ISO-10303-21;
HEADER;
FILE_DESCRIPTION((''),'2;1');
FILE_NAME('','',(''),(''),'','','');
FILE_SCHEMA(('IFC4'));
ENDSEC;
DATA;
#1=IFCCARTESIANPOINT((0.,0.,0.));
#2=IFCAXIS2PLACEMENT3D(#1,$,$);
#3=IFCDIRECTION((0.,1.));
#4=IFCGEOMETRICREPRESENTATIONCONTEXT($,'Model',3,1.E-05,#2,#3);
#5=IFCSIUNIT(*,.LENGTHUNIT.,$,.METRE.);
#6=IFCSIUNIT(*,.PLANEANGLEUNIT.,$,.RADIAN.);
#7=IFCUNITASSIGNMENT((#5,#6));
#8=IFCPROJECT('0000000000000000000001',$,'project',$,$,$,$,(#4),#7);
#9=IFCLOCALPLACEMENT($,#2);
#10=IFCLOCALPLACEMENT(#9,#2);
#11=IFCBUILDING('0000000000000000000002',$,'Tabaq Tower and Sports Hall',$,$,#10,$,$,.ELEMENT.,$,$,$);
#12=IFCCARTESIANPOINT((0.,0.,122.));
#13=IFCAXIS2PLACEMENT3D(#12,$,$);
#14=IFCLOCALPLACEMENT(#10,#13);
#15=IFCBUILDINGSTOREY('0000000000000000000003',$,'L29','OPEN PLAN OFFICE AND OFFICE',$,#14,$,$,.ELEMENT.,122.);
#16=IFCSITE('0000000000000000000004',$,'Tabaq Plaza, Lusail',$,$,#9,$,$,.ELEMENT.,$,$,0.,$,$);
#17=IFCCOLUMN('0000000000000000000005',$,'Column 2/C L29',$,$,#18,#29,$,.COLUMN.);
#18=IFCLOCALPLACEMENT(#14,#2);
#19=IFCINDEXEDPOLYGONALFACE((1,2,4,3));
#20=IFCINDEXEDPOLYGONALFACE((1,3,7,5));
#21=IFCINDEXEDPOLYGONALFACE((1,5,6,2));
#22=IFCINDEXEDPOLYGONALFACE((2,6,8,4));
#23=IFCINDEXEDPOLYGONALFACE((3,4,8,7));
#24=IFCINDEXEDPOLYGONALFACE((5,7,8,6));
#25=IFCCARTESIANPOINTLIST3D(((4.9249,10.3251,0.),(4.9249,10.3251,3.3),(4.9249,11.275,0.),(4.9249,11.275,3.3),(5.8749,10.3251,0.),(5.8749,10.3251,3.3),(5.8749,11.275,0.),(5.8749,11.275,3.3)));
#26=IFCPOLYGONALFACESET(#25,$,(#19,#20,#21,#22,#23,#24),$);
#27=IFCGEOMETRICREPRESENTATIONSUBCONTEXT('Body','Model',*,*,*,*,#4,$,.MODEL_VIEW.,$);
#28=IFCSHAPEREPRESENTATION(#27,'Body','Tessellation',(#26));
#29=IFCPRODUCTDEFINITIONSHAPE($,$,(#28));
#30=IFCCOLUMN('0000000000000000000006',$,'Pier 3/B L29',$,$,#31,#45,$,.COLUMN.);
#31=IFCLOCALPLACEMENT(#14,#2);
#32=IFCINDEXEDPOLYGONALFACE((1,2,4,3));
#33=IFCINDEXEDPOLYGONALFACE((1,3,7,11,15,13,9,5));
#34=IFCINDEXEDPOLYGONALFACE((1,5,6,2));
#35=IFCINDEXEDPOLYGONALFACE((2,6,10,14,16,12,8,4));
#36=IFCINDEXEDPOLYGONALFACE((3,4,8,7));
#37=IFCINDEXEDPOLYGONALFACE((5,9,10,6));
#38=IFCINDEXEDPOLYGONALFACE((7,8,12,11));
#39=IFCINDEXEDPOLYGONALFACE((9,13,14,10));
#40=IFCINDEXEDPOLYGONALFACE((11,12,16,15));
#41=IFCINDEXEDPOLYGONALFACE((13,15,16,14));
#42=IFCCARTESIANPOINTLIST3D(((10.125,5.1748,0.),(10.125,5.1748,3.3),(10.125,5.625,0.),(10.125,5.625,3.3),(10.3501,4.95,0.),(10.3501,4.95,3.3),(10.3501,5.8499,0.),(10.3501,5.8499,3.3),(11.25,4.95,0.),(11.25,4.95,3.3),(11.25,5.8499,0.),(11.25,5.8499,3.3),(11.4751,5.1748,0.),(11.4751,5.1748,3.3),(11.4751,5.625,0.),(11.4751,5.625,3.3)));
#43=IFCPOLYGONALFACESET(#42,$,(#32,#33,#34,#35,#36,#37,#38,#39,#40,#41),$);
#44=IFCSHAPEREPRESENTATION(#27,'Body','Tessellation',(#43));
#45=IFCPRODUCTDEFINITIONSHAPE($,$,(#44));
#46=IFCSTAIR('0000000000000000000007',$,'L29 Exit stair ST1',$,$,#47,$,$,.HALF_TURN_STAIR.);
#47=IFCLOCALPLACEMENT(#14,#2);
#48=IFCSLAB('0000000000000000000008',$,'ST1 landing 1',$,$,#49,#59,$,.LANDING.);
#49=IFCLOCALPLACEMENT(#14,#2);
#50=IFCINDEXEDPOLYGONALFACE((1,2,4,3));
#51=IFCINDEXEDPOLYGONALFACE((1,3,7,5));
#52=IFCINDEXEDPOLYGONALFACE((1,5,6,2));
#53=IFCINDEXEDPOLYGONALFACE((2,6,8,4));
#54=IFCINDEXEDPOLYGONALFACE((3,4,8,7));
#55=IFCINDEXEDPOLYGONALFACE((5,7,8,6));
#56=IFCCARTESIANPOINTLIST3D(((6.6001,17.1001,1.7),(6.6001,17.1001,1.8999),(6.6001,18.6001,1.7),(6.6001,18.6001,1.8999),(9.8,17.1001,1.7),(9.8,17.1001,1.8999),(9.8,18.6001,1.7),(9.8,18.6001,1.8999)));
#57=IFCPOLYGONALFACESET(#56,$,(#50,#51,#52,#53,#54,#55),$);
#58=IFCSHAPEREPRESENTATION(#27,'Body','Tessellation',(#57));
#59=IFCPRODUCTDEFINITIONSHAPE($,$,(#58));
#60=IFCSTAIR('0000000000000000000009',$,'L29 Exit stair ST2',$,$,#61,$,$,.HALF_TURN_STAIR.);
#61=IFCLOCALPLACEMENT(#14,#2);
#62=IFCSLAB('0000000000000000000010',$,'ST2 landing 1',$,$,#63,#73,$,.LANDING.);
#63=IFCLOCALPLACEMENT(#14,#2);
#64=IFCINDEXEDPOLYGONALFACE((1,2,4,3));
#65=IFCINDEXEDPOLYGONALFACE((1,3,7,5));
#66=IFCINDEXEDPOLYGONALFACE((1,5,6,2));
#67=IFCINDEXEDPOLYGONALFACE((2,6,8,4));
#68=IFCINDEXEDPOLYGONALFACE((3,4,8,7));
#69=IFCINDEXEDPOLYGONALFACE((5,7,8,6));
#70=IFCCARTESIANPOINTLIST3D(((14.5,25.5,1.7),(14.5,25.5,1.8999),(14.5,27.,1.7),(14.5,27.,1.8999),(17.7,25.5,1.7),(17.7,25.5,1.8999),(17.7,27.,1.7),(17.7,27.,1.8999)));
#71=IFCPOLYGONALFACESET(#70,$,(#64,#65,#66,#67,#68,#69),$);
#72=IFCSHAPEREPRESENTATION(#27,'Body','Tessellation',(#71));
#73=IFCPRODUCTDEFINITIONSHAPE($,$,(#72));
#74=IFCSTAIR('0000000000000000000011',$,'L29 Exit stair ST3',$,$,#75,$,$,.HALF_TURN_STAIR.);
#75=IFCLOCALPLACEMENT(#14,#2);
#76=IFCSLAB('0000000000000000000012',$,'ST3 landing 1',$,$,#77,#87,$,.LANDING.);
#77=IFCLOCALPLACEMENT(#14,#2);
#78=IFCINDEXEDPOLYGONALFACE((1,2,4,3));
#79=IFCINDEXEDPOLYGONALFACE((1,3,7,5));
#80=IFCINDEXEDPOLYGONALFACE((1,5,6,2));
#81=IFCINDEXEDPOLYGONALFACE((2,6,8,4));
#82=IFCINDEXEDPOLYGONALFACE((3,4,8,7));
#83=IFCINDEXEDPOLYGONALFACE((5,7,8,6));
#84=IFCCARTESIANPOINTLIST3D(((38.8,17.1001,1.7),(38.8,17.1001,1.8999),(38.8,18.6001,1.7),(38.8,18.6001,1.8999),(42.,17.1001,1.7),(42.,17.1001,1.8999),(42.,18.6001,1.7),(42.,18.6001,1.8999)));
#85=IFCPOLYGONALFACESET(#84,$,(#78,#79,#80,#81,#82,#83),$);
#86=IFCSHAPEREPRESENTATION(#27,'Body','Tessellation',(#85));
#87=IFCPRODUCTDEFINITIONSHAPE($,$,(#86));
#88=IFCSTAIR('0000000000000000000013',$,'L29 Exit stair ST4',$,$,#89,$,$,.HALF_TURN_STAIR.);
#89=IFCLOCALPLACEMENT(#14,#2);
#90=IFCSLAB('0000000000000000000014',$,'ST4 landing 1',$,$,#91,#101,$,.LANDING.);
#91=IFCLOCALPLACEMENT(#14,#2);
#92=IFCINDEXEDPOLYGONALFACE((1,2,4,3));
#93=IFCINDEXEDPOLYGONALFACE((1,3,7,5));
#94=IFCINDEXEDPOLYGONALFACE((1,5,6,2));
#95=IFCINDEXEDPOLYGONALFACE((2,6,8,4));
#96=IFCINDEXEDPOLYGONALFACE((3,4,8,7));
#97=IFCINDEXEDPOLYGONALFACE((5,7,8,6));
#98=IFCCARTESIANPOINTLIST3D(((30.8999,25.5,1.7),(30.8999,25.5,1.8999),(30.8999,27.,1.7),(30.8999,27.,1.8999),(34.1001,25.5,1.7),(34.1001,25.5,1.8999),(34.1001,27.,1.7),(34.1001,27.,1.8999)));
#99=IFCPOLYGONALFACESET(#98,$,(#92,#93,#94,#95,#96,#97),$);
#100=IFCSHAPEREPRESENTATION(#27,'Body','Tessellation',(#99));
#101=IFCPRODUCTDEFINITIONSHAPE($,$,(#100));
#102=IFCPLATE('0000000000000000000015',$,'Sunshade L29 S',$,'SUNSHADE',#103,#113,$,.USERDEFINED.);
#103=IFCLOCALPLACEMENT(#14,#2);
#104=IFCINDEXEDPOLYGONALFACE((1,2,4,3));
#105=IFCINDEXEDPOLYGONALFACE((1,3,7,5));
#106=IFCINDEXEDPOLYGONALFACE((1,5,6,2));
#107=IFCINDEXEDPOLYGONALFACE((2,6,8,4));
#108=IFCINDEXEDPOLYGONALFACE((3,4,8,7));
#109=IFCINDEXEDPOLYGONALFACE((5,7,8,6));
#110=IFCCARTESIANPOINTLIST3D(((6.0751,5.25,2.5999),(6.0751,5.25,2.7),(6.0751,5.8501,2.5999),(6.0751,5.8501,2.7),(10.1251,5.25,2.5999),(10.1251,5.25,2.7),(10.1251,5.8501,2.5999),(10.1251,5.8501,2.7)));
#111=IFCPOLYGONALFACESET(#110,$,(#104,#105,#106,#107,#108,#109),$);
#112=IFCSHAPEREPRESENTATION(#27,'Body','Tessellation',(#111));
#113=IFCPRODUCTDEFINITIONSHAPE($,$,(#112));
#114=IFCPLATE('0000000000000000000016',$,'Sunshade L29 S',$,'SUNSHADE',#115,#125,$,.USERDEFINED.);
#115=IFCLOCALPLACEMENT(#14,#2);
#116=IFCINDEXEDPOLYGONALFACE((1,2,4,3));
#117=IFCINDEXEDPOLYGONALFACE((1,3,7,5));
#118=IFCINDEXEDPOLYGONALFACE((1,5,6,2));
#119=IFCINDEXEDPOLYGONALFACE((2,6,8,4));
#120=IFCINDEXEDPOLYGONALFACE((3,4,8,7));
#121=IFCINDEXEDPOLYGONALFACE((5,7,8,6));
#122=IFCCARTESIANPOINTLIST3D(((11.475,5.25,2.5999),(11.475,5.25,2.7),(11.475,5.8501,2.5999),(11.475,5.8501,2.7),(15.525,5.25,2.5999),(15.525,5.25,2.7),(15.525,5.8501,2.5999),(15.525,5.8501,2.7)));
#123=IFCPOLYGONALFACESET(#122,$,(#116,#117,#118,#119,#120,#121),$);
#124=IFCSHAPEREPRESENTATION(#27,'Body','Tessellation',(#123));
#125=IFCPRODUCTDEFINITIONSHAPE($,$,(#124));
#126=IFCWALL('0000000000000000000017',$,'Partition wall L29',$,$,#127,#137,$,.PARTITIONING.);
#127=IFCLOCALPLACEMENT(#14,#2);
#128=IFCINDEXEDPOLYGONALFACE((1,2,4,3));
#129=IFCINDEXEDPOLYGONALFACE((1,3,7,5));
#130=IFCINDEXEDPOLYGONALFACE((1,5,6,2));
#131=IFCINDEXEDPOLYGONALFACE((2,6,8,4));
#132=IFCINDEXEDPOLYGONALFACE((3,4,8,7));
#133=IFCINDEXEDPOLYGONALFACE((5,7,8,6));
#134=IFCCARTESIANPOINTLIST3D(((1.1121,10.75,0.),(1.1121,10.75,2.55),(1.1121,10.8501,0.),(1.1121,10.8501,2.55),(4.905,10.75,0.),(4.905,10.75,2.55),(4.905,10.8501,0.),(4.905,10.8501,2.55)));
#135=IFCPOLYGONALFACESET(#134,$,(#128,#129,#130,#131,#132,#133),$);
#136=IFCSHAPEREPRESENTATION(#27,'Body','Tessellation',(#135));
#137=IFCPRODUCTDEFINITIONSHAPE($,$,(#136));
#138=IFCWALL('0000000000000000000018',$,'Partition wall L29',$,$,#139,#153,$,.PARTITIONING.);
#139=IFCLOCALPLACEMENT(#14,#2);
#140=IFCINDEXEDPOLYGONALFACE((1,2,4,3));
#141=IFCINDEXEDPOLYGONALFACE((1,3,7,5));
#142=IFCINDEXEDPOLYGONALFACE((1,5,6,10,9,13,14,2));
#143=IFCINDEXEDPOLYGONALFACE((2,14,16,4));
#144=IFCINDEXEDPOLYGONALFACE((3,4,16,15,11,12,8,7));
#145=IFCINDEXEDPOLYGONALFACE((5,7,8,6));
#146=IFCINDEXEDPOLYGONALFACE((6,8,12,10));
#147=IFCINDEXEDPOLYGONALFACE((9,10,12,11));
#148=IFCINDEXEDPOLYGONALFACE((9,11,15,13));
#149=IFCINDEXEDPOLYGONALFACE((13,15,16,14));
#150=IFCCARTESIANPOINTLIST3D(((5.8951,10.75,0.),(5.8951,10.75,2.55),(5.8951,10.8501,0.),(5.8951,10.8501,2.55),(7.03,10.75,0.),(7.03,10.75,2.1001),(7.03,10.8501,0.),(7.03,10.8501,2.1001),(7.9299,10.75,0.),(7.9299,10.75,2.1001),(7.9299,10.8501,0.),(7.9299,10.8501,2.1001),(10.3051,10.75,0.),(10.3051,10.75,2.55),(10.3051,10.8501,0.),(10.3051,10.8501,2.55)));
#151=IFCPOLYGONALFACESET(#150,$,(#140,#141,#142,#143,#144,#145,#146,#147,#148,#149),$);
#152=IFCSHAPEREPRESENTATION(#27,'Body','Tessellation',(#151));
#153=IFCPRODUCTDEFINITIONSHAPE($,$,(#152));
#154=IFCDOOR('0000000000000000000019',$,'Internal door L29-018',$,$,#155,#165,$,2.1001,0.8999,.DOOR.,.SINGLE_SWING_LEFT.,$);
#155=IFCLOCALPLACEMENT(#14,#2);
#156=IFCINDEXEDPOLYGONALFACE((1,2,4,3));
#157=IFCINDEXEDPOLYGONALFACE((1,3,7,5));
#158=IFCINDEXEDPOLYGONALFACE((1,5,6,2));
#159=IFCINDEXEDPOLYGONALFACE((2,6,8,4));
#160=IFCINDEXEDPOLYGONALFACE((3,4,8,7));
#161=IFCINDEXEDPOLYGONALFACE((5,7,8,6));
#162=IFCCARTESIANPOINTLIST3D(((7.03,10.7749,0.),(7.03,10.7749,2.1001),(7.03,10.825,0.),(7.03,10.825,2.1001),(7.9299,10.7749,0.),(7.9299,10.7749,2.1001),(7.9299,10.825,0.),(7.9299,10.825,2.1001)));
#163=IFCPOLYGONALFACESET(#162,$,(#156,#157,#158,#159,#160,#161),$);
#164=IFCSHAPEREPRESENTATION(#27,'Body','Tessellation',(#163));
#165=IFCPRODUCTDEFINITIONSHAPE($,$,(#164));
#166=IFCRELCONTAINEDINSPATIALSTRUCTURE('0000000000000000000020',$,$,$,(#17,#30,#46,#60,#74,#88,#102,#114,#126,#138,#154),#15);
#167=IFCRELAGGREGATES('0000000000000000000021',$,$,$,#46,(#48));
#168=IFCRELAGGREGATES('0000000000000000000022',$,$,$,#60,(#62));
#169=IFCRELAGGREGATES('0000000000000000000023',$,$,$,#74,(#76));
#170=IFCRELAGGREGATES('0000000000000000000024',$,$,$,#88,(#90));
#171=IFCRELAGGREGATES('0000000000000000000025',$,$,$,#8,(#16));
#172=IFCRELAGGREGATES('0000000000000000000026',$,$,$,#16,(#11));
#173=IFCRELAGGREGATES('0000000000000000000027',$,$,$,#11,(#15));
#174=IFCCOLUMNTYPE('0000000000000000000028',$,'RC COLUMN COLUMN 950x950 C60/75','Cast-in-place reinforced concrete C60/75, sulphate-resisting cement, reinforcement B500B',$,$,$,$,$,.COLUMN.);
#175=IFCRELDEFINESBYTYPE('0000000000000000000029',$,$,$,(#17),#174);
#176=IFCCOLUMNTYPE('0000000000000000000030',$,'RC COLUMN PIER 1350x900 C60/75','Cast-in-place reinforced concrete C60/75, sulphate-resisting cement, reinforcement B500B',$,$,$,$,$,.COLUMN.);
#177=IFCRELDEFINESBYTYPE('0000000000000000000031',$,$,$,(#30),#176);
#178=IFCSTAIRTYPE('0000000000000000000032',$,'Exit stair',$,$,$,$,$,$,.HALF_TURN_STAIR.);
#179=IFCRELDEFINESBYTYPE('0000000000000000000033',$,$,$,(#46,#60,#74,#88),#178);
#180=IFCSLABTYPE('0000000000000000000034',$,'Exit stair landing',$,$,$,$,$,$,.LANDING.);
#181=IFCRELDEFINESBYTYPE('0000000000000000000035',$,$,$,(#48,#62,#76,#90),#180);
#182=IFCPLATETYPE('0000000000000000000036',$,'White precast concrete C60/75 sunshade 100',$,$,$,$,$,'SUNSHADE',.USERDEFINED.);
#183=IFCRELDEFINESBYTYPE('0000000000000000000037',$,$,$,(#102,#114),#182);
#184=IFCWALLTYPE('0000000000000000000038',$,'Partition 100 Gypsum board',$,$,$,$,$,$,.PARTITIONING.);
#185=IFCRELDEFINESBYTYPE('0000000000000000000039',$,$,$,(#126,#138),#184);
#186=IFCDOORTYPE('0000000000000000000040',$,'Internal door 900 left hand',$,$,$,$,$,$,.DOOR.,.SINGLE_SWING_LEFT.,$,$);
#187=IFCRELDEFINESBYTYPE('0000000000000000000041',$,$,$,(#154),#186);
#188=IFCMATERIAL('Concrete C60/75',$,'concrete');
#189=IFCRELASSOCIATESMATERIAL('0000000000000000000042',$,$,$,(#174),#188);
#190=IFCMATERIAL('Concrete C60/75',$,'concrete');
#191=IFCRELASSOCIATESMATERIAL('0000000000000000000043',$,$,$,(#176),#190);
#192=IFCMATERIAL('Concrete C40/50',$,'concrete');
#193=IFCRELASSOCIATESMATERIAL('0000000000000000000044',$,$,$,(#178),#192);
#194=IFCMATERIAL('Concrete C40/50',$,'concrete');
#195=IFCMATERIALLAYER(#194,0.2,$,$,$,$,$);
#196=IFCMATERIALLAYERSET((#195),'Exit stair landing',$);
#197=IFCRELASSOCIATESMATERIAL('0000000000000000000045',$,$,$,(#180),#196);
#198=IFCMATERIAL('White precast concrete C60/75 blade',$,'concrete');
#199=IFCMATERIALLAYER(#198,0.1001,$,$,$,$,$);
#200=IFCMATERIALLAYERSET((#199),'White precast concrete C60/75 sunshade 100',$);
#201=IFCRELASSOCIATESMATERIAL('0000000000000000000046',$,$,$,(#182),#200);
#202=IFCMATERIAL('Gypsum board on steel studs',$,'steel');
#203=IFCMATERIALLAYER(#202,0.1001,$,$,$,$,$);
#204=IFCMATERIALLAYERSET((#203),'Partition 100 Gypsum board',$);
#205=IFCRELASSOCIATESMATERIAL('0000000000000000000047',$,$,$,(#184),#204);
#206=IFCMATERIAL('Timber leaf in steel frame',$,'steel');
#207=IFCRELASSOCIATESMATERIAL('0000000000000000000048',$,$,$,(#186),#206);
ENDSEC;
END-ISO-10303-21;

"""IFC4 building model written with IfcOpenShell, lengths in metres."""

from ifc_helpers import new_model, si_unit, direction, frame, frame_2d, origin, origin_2d, place, context, subcontext, project, spatial, polyline, rectangle, outline, extrude, material, layer, layer_set, material_profile, profile_set, type_object, element, fill, aggregate, save


model = new_model("IFC4")

# Units and contexts
model_context = context("Model", 3, precision=1e-05, world=origin(), true_north=direction((0.0, 1.0)))
body_context = subcontext(model_context, "Body", "Model", "MODEL_VIEW")
ifc_project = project(units=[si_unit("LENGTHUNIT", "METRE"), si_unit("PLANEANGLEUNIT", "RADIAN")], contexts=[model_context])

# Site, building, storey
site_placement = place(None, origin())
site = spatial("IfcSite", under=ifc_project, at=site_placement, Name="Tabaq Plaza, Lusail", CompositionType="ELEMENT", RefElevation=0.0)
building_placement = place(site_placement, origin())
building = spatial("IfcBuilding", under=site, at=building_placement, Name="Tabaq Tower and Sports Hall", CompositionType="ELEMENT")
storey_placement = place(building_placement, frame((0.0, 0.0, 122.0)))
storey = spatial("IfcBuildingStorey", under=building, at=storey_placement, Name="L29", Description="OPEN PLAN OFFICE AND OFFICE", CompositionType="ELEMENT", Elevation=122.0)

# Columns
ifc_material_1 = material(Name="Concrete C60/75", Category="concrete")
ifc_material_profile_1 = material_profile(ifc_material_1, rectangle(XDim=0.95, YDim=0.95, at=origin_2d()), Name="COLUMN 950x950")
ifc_profile_set_1 = profile_set([ifc_material_profile_1], Name="Concrete C60/75")
column_type_1 = type_object("IfcColumnType", Name="RC COLUMN COLUMN 950x950 C60/75", Description="Cast-in-place reinforced concrete C60/75, sulphate-resisting cement, reinforcement B500B", PredefinedType="COLUMN", material=ifc_profile_set_1)
column_1_placement = place(storey_placement, frame((5.3999, 10.8, 0.0), z_axis=(0.0, 0.0, 1.0), x_axis=(1.0, 0.0, 0.0)))
element("IfcColumn", 1, at=column_1_placement, inside=storey, type_object=column_type_1, Name="Column 2/C L29", PredefinedType="COLUMN", context=body_context, shape_type="SweptSolid", body=[
    extrude(rectangle(XDim=0.95, YDim=0.95, at=origin_2d()), origin(), (0.0, 0.0, 1.0), 3.3),
])
ifc_material_2 = material(Name="Concrete C60/75", Category="concrete")
ifc_material_profile_2 = material_profile(ifc_material_2, outline(polyline([(-0.45, -0.45), (0.45, -0.45), (0.675, -0.2251), (0.675, 0.2251), (0.45, 0.45), (-0.45, 0.45), (-0.675, 0.2251), (-0.675, -0.2251), (-0.45, -0.45)])), Name="PIER 1350x900")
ifc_profile_set_2 = profile_set([ifc_material_profile_2], Name="Concrete C60/75")
column_type_2 = type_object("IfcColumnType", Name="RC COLUMN PIER 1350x900 C60/75", Description="Cast-in-place reinforced concrete C60/75, sulphate-resisting cement, reinforcement B500B", PredefinedType="COLUMN", material=ifc_profile_set_2)
column_2_placement = place(storey_placement, frame((10.8, 5.3999, 0.0), z_axis=(0.0, 0.0, 1.0), x_axis=(1.0, 0.0, 0.0)))
element("IfcColumn", 2, at=column_2_placement, inside=storey, type_object=column_type_2, Name="Pier 3/B L29", PredefinedType="COLUMN", context=body_context, shape_type="SweptSolid", body=[
    extrude(outline(polyline([(-0.45, -0.45), (0.45, -0.45), (0.675, -0.2251), (0.675, 0.2251), (0.45, 0.45), (-0.45, 0.45), (-0.675, 0.2251), (-0.675, -0.2251), (-0.45, -0.45)])), origin(), (0.0, 0.0, 1.0), 3.3),
])

# Stairs, slabs
ifc_material_3 = material(Name="Concrete C40/50", Category="concrete")
stair_type = type_object("IfcStairType", Name="Exit stair", PredefinedType="HALF_TURN_STAIR", material=ifc_material_3)
stair_1_placement = place(storey_placement, origin())
stair_1 = element("IfcStair", 3, at=stair_1_placement, inside=storey, type_object=stair_type, Name="L29 Exit stair ST1", PredefinedType="HALF_TURN_STAIR")
ifc_material_4 = material(Name="Concrete C40/50", Category="concrete")
ifc_layer_1 = layer(ifc_material_4, 0.2)
ifc_layer_set_1 = layer_set([ifc_layer_1], Name="Exit stair landing")
slab_type = type_object("IfcSlabType", Name="Exit stair landing", PredefinedType="LANDING", material=ifc_layer_set_1)
slab_1_placement = place(storey_placement, frame((0.0, 0.0, 1.7)))
slab_1 = element("IfcSlab", 4, at=slab_1_placement, type_object=slab_type, Name="ST1 landing 1", PredefinedType="LANDING", context=body_context, shape_type="SweptSolid", body=[
    extrude(outline(polyline([(6.6001, 18.6001), (6.6001, 17.1001), (9.8, 17.1001), (9.8, 18.6001), (6.6001, 18.6001)])), origin(), (0.0, 0.0, 1.0), 0.2),
])
aggregate(stair_1, [slab_1])
stair_2_placement = place(storey_placement, origin())
stair_2 = element("IfcStair", 5, at=stair_2_placement, inside=storey, type_object=stair_type, Name="L29 Exit stair ST2", PredefinedType="HALF_TURN_STAIR")
slab_2_placement = place(storey_placement, frame((0.0, 0.0, 1.7)))
slab_2 = element("IfcSlab", 6, at=slab_2_placement, type_object=slab_type, Name="ST2 landing 1", PredefinedType="LANDING", context=body_context, shape_type="SweptSolid", body=[
    extrude(outline(polyline([(14.5, 27.0), (14.5, 25.5), (17.7, 25.5), (17.7, 27.0), (14.5, 27.0)])), origin(), (0.0, 0.0, 1.0), 0.2),
])
aggregate(stair_2, [slab_2])
stair_3_placement = place(storey_placement, origin())
stair_3 = element("IfcStair", 7, at=stair_3_placement, inside=storey, type_object=stair_type, Name="L29 Exit stair ST3", PredefinedType="HALF_TURN_STAIR")
slab_3_placement = place(storey_placement, frame((0.0, 0.0, 1.7)))
slab_3 = element("IfcSlab", 8, at=slab_3_placement, type_object=slab_type, Name="ST3 landing 1", PredefinedType="LANDING", context=body_context, shape_type="SweptSolid", body=[
    extrude(outline(polyline([(38.8, 18.6001), (38.8, 17.1001), (42.0, 17.1001), (42.0, 18.6001), (38.8, 18.6001)])), origin(), (0.0, 0.0, 1.0), 0.2),
])
aggregate(stair_3, [slab_3])
stair_4_placement = place(storey_placement, origin())
stair_4 = element("IfcStair", 9, at=stair_4_placement, inside=storey, type_object=stair_type, Name="L29 Exit stair ST4", PredefinedType="HALF_TURN_STAIR")
slab_4_placement = place(storey_placement, frame((0.0, 0.0, 1.7)))
slab_4 = element("IfcSlab", 10, at=slab_4_placement, type_object=slab_type, Name="ST4 landing 1", PredefinedType="LANDING", context=body_context, shape_type="SweptSolid", body=[
    extrude(outline(polyline([(30.8999, 27.0), (30.8999, 25.5), (34.1001, 25.5), (34.1001, 27.0), (30.8999, 27.0)])), origin(), (0.0, 0.0, 1.0), 0.2),
])
aggregate(stair_4, [slab_4])

# Plates
ifc_material_5 = material(Name="White precast concrete C60/75 blade", Category="concrete")
ifc_layer_2 = layer(ifc_material_5, 0.1001)
ifc_layer_set_2 = layer_set([ifc_layer_2], Name="White precast concrete C60/75 sunshade 100")
plate_type = type_object("IfcPlateType", Name="White precast concrete C60/75 sunshade 100", ElementType="SUNSHADE", PredefinedType="USERDEFINED", material=ifc_layer_set_2)
for number, where, z_axis, x_axis, name in (
    (11, (8.1001, 5.55, 2.5999), (0.0, 0.0, 1.0), (1.0, 0.0, 0.0), "Sunshade L29 S"),
    (12, (13.5, 5.55, 2.5999), (0.0, 0.0, 1.0), (1.0, 0.0, 0.0), "Sunshade L29 S"),
):
    element("IfcPlate", number, at=place(storey_placement, frame(where, z_axis=z_axis, x_axis=x_axis)), inside=storey, type_object=plate_type, Name=name, ObjectType="SUNSHADE", PredefinedType="USERDEFINED", context=body_context, shape_type="SweptSolid", body=[
        extrude(rectangle(XDim=4.05, YDim=0.6001, at=origin_2d()), origin(), (0.0, 0.0, 1.0), 0.1001),
    ])

# Wall
ifc_material_6 = material(Name="Gypsum board on steel studs", Category="steel")
ifc_layer_3 = layer(ifc_material_6, 0.1001)
ifc_layer_set_3 = layer_set([ifc_layer_3], Name="Partition 100 Gypsum board")
wall_type_1 = type_object("IfcWallType", Name="Partition 100 Gypsum board", PredefinedType="PARTITIONING", material=ifc_layer_set_3)
wall_1_placement = place(storey_placement, frame((1.1121, 10.8, 0.0), z_axis=(0.0, 0.0, 1.0), x_axis=(1.0, 0.0, 0.0)))
element("IfcWall", 13, at=wall_1_placement, inside=storey, type_object=wall_type_1, Name="Partition wall L29", PredefinedType="PARTITIONING", context=body_context, shape_type="SweptSolid", body=[
    extrude(rectangle(XDim=3.793, YDim=0.1001, at=frame_2d((1.8965, 0.0))), origin(), (0.0, 0.0, 1.0), 2.55),
])

# Wall, opening, door
wall_2_placement = place(storey_placement, frame((5.895, 10.8, 0.0), z_axis=(0.0, 0.0, 1.0), x_axis=(1.0, 0.0, 0.0)))
wall_2 = element("IfcWall", 14, at=wall_2_placement, inside=storey, type_object=wall_type_1, Name="Partition wall L29", PredefinedType="PARTITIONING", context=body_context, shape_type="SweptSolid", body=[
    extrude(rectangle(XDim=4.4099, YDim=0.1001, at=frame_2d((2.2051, 0.0))), origin(), (0.0, 0.0, 1.0), 2.55),
])
opening_1_placement = place(wall_2_placement, frame((1.135, 0.0, 0.0)))
opening_1 = element("IfcOpeningElement", 15, at=opening_1_placement, cuts=wall_2, PredefinedType="OPENING", context=body_context, shape_type="SweptSolid", body=[
    extrude(rectangle(XDim=0.8999, YDim=2.1001, at=frame_2d((0.45, 1.05))), frame((0.0, 0.05, 0.0), z_axis=(0.0, -1.0, 0.0), x_axis=(1.0, 0.0, 0.0)), (0.0, 0.0, 1.0), 0.1001),
])
ifc_material_7 = material(Name="Timber leaf in steel frame", Category="steel")
door_type = type_object("IfcDoorType", Name="Internal door 900 left hand", OperationType="SINGLE_SWING_LEFT", PredefinedType="DOOR", material=ifc_material_7)
door_placement = place(opening_1_placement, origin())
door = element("IfcDoor", 16, at=door_placement, inside=storey, type_object=door_type, Name="Internal door L29-018", OperationType="SINGLE_SWING_LEFT", OverallHeight=2.1001, OverallWidth=0.8999, PredefinedType="DOOR", context=body_context, shape_type="SweptSolid", body=[
    extrude(rectangle(XDim=0.8999, YDim=2.1001, at=frame_2d((0.45, 1.05))), frame((0.0, 0.0249, 0.0), z_axis=(0.0, -1.0, 0.0), x_axis=(1.0, 0.0, 0.0)), (0.0, 0.0, 1.0), 0.05),
])
fill(opening_1, door)

save(model, "model.ifc")
